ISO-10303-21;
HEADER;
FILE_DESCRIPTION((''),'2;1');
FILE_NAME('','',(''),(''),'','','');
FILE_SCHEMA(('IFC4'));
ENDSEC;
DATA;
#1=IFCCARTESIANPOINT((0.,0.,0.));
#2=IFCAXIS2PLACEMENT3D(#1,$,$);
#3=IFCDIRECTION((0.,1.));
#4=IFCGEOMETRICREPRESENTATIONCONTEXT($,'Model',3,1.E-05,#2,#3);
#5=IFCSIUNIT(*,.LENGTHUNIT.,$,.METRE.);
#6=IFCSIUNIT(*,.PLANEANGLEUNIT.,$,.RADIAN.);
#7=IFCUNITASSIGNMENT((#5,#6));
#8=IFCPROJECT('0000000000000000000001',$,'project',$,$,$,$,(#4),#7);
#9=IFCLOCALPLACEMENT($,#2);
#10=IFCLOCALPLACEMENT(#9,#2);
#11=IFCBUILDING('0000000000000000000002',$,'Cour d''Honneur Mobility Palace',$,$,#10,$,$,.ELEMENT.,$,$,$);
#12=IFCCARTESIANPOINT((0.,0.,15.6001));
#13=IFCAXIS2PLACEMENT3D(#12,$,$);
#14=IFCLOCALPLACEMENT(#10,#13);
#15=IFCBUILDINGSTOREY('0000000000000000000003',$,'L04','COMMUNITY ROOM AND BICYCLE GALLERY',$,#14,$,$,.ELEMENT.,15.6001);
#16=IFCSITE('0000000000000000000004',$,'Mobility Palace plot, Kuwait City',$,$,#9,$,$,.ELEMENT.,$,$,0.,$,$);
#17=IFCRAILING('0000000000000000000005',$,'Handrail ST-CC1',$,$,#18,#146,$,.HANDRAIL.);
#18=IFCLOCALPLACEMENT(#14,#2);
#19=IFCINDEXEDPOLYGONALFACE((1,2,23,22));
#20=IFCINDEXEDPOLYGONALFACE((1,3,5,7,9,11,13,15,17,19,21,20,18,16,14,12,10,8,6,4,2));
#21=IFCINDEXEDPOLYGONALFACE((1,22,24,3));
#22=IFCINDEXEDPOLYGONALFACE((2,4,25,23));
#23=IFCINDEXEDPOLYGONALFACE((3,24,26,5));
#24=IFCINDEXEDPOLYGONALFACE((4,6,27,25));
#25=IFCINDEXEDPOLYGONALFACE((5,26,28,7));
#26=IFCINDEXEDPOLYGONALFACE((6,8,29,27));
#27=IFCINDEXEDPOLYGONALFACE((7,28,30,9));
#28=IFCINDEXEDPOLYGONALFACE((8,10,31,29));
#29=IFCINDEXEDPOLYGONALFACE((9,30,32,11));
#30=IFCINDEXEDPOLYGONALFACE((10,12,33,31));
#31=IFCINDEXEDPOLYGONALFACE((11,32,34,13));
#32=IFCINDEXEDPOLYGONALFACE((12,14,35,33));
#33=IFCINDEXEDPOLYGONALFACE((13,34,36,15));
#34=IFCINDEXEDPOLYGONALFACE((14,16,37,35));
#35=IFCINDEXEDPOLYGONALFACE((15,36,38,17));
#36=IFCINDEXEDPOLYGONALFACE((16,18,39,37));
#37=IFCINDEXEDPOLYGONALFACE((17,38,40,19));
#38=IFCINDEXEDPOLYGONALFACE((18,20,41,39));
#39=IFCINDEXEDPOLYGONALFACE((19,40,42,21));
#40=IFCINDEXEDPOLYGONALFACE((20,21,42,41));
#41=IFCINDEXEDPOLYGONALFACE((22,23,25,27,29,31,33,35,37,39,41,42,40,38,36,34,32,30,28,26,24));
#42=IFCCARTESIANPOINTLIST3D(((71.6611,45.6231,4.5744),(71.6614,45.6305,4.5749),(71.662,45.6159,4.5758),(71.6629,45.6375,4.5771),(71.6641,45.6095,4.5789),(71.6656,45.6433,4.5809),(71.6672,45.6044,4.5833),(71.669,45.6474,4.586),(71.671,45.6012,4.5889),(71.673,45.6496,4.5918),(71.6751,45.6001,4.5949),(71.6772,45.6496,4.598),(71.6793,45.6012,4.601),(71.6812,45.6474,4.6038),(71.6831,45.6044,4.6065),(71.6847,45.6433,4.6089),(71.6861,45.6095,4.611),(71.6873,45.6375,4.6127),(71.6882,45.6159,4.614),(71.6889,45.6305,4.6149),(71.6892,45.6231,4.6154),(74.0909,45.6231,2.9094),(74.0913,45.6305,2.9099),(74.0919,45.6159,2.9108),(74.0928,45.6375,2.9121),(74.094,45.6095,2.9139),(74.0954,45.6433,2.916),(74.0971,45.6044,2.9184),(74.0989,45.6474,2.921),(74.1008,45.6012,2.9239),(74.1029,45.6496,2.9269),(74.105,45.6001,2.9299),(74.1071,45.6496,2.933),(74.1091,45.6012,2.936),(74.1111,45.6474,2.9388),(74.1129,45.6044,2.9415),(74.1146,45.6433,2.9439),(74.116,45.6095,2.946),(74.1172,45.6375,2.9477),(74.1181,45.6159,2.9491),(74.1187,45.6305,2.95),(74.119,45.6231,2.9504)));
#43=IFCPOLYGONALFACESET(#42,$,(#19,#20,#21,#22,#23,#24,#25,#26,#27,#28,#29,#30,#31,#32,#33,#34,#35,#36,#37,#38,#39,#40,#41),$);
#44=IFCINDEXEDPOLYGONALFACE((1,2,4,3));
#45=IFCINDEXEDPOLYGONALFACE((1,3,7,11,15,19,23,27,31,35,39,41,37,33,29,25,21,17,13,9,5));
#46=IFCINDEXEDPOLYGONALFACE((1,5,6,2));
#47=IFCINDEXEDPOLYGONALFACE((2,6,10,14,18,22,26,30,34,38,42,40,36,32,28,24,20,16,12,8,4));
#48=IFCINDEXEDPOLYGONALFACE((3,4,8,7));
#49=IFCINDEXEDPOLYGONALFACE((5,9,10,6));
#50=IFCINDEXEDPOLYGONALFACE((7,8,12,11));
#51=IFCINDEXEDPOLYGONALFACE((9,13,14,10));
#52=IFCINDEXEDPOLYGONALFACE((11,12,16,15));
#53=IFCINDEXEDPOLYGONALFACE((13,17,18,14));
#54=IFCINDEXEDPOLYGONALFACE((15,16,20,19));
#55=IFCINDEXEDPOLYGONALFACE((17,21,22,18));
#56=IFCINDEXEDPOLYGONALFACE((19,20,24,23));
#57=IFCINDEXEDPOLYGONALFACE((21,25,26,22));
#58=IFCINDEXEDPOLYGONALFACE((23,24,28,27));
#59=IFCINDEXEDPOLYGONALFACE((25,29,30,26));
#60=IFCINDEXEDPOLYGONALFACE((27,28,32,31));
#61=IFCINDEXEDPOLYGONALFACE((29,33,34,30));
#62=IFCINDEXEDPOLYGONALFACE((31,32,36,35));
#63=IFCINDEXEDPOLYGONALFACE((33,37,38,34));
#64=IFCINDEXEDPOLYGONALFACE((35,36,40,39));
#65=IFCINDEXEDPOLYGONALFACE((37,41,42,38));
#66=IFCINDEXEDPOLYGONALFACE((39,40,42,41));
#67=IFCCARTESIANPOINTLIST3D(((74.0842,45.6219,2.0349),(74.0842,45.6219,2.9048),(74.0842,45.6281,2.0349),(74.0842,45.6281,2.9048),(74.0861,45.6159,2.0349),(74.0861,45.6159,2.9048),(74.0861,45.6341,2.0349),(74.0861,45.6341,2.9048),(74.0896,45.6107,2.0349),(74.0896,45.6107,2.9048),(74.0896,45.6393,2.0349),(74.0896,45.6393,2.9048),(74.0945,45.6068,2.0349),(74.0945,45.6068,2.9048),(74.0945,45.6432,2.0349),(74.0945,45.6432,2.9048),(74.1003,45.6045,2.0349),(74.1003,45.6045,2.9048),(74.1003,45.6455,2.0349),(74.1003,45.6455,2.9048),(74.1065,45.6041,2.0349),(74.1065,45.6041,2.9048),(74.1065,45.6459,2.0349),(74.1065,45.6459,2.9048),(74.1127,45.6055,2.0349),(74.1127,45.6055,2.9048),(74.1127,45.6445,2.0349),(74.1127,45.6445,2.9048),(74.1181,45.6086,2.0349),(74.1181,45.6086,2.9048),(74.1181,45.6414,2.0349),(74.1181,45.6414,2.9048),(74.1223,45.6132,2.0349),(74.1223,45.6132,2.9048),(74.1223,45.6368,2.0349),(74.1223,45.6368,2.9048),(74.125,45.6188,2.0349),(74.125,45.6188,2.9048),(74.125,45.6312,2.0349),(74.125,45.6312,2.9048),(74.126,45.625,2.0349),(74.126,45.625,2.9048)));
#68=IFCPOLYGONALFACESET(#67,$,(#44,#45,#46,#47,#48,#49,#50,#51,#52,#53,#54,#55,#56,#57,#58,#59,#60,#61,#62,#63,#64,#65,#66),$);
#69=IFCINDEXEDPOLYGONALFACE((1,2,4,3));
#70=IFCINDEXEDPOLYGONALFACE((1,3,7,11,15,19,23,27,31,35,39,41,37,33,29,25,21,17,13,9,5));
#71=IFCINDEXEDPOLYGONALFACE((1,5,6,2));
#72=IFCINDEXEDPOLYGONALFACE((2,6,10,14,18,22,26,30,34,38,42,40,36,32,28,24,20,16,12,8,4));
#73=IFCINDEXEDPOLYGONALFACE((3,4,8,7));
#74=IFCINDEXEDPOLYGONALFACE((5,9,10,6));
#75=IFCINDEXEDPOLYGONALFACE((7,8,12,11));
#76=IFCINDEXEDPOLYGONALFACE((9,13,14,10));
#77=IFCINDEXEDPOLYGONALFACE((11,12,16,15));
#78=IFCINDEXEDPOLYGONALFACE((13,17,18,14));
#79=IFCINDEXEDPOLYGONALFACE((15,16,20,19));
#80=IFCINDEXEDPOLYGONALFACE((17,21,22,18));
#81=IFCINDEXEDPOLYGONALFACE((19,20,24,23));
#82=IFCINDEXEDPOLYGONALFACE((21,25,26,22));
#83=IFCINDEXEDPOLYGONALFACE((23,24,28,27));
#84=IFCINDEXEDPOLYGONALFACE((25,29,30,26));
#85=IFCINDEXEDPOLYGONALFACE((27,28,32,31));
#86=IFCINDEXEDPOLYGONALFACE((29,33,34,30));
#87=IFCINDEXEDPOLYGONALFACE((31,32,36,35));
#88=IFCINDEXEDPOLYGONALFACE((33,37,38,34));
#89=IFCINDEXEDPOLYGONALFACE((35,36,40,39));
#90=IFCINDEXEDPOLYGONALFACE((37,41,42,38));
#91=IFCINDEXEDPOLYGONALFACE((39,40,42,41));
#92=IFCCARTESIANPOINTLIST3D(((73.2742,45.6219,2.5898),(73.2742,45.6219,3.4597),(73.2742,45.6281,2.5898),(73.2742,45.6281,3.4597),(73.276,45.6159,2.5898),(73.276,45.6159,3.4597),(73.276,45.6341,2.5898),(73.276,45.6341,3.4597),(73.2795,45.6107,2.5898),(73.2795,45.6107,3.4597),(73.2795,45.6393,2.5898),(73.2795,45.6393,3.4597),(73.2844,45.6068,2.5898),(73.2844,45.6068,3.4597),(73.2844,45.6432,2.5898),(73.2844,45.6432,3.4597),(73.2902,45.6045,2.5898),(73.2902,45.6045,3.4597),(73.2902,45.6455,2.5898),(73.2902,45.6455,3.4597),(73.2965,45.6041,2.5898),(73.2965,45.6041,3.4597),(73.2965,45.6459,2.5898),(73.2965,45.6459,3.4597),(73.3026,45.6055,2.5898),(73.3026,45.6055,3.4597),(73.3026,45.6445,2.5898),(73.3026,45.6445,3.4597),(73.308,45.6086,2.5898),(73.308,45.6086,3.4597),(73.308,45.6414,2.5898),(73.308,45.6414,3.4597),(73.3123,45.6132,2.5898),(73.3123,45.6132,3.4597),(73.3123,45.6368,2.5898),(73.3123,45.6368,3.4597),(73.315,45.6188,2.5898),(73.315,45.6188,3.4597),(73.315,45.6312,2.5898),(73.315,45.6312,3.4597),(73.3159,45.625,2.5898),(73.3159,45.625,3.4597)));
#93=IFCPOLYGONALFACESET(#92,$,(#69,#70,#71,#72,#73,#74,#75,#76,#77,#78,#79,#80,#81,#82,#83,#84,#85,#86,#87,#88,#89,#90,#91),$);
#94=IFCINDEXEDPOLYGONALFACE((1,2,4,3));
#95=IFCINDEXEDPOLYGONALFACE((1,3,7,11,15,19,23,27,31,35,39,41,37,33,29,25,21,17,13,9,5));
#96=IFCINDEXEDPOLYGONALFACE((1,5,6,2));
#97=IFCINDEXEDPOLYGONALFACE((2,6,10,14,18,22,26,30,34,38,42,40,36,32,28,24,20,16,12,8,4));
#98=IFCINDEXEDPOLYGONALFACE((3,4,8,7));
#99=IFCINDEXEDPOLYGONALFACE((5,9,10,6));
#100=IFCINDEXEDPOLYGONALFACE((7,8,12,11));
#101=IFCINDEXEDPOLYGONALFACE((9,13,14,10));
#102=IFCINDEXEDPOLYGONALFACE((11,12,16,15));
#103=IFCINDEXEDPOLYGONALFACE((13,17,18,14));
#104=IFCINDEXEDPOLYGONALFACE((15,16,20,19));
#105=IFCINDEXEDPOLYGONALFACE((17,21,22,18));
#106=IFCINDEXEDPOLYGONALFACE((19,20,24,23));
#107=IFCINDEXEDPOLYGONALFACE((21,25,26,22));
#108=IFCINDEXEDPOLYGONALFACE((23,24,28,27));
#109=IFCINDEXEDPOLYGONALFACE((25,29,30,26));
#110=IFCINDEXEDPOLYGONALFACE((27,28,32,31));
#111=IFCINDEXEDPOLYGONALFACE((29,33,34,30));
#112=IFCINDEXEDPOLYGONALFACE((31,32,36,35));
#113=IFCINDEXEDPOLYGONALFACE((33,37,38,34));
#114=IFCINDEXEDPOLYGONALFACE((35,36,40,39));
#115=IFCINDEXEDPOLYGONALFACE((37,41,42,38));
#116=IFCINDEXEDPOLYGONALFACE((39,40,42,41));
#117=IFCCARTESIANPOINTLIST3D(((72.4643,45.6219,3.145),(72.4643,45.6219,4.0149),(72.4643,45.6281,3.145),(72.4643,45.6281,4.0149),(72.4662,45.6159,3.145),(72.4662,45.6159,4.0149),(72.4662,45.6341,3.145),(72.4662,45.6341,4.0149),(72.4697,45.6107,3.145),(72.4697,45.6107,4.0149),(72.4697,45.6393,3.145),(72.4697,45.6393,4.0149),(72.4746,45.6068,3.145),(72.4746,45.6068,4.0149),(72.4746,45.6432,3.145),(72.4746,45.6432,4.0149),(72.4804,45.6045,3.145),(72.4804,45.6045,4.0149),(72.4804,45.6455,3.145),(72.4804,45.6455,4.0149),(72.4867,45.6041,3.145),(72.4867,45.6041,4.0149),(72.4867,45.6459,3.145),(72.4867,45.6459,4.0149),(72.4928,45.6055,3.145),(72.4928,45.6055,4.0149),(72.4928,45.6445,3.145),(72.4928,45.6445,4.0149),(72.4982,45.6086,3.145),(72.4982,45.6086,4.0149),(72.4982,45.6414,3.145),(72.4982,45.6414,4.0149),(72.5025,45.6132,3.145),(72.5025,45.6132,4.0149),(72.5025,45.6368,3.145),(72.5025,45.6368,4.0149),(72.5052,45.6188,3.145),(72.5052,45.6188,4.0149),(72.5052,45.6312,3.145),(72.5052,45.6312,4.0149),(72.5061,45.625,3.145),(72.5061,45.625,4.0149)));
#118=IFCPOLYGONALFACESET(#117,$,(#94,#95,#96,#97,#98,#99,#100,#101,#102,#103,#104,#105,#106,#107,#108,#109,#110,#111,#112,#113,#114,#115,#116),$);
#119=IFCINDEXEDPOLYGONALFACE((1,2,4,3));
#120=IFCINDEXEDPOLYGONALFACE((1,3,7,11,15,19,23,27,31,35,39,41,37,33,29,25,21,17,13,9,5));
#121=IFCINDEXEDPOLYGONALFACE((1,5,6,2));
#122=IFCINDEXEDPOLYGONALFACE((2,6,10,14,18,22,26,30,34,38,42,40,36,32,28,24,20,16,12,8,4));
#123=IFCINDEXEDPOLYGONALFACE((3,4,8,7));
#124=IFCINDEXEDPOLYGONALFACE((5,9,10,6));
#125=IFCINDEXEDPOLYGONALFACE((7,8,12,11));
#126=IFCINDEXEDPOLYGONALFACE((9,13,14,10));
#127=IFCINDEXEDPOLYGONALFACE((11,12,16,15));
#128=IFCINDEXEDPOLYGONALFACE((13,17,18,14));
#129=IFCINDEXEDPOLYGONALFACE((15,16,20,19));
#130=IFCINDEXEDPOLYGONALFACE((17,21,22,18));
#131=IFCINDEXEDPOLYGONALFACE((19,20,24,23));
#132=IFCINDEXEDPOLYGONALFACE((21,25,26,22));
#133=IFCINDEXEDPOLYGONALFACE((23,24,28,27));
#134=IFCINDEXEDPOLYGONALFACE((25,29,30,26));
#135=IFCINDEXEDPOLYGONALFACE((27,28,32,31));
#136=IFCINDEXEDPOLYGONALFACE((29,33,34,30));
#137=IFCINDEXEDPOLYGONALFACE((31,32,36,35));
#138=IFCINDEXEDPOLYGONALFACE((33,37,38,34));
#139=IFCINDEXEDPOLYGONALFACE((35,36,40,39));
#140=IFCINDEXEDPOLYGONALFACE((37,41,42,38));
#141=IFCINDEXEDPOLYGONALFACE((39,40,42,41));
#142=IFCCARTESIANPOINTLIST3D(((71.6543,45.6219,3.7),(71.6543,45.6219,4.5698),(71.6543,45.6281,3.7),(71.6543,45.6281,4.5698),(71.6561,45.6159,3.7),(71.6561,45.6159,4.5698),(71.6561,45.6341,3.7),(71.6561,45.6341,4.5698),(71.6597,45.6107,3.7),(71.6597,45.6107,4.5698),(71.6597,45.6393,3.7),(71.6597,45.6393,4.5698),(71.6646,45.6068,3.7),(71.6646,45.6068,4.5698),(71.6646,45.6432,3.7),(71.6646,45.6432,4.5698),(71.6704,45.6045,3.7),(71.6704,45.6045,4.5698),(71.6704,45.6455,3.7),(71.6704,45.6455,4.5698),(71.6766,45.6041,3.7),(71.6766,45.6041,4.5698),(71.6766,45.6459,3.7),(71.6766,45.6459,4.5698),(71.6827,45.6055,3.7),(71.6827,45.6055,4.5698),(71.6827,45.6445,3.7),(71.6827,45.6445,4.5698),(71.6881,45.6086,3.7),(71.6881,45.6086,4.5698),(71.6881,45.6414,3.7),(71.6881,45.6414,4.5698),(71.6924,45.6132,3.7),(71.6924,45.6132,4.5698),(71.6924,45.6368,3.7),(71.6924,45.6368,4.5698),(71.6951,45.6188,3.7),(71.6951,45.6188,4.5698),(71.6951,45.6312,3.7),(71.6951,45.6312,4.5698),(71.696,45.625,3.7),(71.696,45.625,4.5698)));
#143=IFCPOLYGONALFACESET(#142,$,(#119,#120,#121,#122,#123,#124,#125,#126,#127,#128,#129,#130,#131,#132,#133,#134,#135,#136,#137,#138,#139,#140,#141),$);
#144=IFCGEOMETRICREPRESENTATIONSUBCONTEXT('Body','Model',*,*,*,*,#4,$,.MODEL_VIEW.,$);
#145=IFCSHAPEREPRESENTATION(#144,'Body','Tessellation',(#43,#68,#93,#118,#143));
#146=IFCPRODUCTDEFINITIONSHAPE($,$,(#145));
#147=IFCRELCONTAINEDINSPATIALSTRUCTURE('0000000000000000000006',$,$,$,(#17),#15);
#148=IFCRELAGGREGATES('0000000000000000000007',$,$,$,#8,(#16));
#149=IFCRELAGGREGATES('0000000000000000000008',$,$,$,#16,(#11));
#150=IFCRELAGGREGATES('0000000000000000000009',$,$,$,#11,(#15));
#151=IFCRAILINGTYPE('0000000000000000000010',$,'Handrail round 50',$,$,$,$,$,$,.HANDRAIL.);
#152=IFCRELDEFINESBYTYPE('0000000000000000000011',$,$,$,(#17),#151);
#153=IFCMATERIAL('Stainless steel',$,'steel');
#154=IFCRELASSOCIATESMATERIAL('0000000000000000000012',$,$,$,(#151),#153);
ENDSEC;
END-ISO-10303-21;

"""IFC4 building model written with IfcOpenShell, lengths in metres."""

from ifc_helpers import new_model, si_unit, direction, frame, origin, origin_2d, place, context, subcontext, project, spatial, circle, extrude, material, type_object, element, save


model = new_model("IFC4")

# Units and contexts
model_context = context("Model", 3, precision=1e-05, world=origin(), true_north=direction((0.0, 1.0)))
body_context = subcontext(model_context, "Body", "Model", "MODEL_VIEW")
ifc_project = project(units=[si_unit("LENGTHUNIT", "METRE"), si_unit("PLANEANGLEUNIT", "RADIAN")], contexts=[model_context])

# Site, building, storey
site_placement = place(None, origin())
site = spatial("IfcSite", under=ifc_project, at=site_placement, Name="Mobility Palace plot, Kuwait City", CompositionType="ELEMENT", RefElevation=0.0)
building_placement = place(site_placement, origin())
building = spatial("IfcBuilding", under=site, at=building_placement, Name="Cour d'Honneur Mobility Palace", CompositionType="ELEMENT")
storey_placement = place(building_placement, frame((0.0, 0.0, 15.6001)))
storey = spatial("IfcBuildingStorey", under=building, at=storey_placement, Name="L04", Description="COMMUNITY ROOM AND BICYCLE GALLERY", CompositionType="ELEMENT", Elevation=15.6001)

# Railing
ifc_material_1 = material(Name="Stainless steel", Category="steel")
railing_type_1 = type_object("IfcRailingType", Name="Handrail round 50", PredefinedType="HANDRAIL", material=ifc_material_1)
for number, where, name in (
    (1, (74.105, 45.625, 2.0349), "Handrail ST-CC1"),
):
    element("IfcRailing", number, at=place(storey_placement, frame(where)), inside=storey, type_object=railing_type_1, Name=name, PredefinedType="HANDRAIL", context=body_context, shape_type="SweptSolid", body=[
        extrude(circle(Radius=0.0249, at=origin_2d()), frame((0.0, 0.0, 0.895), z_axis=(-0.824919, 0.0, 0.565251), x_axis=(0.0, -1.0, 0.0)), (0.0, 0.0, 1.0), 2.9456),
        extrude(circle(Radius=0.021, at=origin_2d()), origin(), (0.0, 0.0, 1.0), 0.8699),
        extrude(circle(Radius=0.021, at=origin_2d()), frame((-0.8101, 0.0, 0.5549)), (0.0, 0.0, 1.0), 0.8699),
        extrude(circle(Radius=0.021, at=origin_2d()), frame((-1.6199, 0.0, 1.1101)), (0.0, 0.0, 1.0), 0.8699),
        extrude(circle(Radius=0.021, at=origin_2d()), frame((-2.4299, 0.0, 1.665)), (0.0, 0.0, 1.0), 0.8699),
    ])

save(model, "model.ifc")
